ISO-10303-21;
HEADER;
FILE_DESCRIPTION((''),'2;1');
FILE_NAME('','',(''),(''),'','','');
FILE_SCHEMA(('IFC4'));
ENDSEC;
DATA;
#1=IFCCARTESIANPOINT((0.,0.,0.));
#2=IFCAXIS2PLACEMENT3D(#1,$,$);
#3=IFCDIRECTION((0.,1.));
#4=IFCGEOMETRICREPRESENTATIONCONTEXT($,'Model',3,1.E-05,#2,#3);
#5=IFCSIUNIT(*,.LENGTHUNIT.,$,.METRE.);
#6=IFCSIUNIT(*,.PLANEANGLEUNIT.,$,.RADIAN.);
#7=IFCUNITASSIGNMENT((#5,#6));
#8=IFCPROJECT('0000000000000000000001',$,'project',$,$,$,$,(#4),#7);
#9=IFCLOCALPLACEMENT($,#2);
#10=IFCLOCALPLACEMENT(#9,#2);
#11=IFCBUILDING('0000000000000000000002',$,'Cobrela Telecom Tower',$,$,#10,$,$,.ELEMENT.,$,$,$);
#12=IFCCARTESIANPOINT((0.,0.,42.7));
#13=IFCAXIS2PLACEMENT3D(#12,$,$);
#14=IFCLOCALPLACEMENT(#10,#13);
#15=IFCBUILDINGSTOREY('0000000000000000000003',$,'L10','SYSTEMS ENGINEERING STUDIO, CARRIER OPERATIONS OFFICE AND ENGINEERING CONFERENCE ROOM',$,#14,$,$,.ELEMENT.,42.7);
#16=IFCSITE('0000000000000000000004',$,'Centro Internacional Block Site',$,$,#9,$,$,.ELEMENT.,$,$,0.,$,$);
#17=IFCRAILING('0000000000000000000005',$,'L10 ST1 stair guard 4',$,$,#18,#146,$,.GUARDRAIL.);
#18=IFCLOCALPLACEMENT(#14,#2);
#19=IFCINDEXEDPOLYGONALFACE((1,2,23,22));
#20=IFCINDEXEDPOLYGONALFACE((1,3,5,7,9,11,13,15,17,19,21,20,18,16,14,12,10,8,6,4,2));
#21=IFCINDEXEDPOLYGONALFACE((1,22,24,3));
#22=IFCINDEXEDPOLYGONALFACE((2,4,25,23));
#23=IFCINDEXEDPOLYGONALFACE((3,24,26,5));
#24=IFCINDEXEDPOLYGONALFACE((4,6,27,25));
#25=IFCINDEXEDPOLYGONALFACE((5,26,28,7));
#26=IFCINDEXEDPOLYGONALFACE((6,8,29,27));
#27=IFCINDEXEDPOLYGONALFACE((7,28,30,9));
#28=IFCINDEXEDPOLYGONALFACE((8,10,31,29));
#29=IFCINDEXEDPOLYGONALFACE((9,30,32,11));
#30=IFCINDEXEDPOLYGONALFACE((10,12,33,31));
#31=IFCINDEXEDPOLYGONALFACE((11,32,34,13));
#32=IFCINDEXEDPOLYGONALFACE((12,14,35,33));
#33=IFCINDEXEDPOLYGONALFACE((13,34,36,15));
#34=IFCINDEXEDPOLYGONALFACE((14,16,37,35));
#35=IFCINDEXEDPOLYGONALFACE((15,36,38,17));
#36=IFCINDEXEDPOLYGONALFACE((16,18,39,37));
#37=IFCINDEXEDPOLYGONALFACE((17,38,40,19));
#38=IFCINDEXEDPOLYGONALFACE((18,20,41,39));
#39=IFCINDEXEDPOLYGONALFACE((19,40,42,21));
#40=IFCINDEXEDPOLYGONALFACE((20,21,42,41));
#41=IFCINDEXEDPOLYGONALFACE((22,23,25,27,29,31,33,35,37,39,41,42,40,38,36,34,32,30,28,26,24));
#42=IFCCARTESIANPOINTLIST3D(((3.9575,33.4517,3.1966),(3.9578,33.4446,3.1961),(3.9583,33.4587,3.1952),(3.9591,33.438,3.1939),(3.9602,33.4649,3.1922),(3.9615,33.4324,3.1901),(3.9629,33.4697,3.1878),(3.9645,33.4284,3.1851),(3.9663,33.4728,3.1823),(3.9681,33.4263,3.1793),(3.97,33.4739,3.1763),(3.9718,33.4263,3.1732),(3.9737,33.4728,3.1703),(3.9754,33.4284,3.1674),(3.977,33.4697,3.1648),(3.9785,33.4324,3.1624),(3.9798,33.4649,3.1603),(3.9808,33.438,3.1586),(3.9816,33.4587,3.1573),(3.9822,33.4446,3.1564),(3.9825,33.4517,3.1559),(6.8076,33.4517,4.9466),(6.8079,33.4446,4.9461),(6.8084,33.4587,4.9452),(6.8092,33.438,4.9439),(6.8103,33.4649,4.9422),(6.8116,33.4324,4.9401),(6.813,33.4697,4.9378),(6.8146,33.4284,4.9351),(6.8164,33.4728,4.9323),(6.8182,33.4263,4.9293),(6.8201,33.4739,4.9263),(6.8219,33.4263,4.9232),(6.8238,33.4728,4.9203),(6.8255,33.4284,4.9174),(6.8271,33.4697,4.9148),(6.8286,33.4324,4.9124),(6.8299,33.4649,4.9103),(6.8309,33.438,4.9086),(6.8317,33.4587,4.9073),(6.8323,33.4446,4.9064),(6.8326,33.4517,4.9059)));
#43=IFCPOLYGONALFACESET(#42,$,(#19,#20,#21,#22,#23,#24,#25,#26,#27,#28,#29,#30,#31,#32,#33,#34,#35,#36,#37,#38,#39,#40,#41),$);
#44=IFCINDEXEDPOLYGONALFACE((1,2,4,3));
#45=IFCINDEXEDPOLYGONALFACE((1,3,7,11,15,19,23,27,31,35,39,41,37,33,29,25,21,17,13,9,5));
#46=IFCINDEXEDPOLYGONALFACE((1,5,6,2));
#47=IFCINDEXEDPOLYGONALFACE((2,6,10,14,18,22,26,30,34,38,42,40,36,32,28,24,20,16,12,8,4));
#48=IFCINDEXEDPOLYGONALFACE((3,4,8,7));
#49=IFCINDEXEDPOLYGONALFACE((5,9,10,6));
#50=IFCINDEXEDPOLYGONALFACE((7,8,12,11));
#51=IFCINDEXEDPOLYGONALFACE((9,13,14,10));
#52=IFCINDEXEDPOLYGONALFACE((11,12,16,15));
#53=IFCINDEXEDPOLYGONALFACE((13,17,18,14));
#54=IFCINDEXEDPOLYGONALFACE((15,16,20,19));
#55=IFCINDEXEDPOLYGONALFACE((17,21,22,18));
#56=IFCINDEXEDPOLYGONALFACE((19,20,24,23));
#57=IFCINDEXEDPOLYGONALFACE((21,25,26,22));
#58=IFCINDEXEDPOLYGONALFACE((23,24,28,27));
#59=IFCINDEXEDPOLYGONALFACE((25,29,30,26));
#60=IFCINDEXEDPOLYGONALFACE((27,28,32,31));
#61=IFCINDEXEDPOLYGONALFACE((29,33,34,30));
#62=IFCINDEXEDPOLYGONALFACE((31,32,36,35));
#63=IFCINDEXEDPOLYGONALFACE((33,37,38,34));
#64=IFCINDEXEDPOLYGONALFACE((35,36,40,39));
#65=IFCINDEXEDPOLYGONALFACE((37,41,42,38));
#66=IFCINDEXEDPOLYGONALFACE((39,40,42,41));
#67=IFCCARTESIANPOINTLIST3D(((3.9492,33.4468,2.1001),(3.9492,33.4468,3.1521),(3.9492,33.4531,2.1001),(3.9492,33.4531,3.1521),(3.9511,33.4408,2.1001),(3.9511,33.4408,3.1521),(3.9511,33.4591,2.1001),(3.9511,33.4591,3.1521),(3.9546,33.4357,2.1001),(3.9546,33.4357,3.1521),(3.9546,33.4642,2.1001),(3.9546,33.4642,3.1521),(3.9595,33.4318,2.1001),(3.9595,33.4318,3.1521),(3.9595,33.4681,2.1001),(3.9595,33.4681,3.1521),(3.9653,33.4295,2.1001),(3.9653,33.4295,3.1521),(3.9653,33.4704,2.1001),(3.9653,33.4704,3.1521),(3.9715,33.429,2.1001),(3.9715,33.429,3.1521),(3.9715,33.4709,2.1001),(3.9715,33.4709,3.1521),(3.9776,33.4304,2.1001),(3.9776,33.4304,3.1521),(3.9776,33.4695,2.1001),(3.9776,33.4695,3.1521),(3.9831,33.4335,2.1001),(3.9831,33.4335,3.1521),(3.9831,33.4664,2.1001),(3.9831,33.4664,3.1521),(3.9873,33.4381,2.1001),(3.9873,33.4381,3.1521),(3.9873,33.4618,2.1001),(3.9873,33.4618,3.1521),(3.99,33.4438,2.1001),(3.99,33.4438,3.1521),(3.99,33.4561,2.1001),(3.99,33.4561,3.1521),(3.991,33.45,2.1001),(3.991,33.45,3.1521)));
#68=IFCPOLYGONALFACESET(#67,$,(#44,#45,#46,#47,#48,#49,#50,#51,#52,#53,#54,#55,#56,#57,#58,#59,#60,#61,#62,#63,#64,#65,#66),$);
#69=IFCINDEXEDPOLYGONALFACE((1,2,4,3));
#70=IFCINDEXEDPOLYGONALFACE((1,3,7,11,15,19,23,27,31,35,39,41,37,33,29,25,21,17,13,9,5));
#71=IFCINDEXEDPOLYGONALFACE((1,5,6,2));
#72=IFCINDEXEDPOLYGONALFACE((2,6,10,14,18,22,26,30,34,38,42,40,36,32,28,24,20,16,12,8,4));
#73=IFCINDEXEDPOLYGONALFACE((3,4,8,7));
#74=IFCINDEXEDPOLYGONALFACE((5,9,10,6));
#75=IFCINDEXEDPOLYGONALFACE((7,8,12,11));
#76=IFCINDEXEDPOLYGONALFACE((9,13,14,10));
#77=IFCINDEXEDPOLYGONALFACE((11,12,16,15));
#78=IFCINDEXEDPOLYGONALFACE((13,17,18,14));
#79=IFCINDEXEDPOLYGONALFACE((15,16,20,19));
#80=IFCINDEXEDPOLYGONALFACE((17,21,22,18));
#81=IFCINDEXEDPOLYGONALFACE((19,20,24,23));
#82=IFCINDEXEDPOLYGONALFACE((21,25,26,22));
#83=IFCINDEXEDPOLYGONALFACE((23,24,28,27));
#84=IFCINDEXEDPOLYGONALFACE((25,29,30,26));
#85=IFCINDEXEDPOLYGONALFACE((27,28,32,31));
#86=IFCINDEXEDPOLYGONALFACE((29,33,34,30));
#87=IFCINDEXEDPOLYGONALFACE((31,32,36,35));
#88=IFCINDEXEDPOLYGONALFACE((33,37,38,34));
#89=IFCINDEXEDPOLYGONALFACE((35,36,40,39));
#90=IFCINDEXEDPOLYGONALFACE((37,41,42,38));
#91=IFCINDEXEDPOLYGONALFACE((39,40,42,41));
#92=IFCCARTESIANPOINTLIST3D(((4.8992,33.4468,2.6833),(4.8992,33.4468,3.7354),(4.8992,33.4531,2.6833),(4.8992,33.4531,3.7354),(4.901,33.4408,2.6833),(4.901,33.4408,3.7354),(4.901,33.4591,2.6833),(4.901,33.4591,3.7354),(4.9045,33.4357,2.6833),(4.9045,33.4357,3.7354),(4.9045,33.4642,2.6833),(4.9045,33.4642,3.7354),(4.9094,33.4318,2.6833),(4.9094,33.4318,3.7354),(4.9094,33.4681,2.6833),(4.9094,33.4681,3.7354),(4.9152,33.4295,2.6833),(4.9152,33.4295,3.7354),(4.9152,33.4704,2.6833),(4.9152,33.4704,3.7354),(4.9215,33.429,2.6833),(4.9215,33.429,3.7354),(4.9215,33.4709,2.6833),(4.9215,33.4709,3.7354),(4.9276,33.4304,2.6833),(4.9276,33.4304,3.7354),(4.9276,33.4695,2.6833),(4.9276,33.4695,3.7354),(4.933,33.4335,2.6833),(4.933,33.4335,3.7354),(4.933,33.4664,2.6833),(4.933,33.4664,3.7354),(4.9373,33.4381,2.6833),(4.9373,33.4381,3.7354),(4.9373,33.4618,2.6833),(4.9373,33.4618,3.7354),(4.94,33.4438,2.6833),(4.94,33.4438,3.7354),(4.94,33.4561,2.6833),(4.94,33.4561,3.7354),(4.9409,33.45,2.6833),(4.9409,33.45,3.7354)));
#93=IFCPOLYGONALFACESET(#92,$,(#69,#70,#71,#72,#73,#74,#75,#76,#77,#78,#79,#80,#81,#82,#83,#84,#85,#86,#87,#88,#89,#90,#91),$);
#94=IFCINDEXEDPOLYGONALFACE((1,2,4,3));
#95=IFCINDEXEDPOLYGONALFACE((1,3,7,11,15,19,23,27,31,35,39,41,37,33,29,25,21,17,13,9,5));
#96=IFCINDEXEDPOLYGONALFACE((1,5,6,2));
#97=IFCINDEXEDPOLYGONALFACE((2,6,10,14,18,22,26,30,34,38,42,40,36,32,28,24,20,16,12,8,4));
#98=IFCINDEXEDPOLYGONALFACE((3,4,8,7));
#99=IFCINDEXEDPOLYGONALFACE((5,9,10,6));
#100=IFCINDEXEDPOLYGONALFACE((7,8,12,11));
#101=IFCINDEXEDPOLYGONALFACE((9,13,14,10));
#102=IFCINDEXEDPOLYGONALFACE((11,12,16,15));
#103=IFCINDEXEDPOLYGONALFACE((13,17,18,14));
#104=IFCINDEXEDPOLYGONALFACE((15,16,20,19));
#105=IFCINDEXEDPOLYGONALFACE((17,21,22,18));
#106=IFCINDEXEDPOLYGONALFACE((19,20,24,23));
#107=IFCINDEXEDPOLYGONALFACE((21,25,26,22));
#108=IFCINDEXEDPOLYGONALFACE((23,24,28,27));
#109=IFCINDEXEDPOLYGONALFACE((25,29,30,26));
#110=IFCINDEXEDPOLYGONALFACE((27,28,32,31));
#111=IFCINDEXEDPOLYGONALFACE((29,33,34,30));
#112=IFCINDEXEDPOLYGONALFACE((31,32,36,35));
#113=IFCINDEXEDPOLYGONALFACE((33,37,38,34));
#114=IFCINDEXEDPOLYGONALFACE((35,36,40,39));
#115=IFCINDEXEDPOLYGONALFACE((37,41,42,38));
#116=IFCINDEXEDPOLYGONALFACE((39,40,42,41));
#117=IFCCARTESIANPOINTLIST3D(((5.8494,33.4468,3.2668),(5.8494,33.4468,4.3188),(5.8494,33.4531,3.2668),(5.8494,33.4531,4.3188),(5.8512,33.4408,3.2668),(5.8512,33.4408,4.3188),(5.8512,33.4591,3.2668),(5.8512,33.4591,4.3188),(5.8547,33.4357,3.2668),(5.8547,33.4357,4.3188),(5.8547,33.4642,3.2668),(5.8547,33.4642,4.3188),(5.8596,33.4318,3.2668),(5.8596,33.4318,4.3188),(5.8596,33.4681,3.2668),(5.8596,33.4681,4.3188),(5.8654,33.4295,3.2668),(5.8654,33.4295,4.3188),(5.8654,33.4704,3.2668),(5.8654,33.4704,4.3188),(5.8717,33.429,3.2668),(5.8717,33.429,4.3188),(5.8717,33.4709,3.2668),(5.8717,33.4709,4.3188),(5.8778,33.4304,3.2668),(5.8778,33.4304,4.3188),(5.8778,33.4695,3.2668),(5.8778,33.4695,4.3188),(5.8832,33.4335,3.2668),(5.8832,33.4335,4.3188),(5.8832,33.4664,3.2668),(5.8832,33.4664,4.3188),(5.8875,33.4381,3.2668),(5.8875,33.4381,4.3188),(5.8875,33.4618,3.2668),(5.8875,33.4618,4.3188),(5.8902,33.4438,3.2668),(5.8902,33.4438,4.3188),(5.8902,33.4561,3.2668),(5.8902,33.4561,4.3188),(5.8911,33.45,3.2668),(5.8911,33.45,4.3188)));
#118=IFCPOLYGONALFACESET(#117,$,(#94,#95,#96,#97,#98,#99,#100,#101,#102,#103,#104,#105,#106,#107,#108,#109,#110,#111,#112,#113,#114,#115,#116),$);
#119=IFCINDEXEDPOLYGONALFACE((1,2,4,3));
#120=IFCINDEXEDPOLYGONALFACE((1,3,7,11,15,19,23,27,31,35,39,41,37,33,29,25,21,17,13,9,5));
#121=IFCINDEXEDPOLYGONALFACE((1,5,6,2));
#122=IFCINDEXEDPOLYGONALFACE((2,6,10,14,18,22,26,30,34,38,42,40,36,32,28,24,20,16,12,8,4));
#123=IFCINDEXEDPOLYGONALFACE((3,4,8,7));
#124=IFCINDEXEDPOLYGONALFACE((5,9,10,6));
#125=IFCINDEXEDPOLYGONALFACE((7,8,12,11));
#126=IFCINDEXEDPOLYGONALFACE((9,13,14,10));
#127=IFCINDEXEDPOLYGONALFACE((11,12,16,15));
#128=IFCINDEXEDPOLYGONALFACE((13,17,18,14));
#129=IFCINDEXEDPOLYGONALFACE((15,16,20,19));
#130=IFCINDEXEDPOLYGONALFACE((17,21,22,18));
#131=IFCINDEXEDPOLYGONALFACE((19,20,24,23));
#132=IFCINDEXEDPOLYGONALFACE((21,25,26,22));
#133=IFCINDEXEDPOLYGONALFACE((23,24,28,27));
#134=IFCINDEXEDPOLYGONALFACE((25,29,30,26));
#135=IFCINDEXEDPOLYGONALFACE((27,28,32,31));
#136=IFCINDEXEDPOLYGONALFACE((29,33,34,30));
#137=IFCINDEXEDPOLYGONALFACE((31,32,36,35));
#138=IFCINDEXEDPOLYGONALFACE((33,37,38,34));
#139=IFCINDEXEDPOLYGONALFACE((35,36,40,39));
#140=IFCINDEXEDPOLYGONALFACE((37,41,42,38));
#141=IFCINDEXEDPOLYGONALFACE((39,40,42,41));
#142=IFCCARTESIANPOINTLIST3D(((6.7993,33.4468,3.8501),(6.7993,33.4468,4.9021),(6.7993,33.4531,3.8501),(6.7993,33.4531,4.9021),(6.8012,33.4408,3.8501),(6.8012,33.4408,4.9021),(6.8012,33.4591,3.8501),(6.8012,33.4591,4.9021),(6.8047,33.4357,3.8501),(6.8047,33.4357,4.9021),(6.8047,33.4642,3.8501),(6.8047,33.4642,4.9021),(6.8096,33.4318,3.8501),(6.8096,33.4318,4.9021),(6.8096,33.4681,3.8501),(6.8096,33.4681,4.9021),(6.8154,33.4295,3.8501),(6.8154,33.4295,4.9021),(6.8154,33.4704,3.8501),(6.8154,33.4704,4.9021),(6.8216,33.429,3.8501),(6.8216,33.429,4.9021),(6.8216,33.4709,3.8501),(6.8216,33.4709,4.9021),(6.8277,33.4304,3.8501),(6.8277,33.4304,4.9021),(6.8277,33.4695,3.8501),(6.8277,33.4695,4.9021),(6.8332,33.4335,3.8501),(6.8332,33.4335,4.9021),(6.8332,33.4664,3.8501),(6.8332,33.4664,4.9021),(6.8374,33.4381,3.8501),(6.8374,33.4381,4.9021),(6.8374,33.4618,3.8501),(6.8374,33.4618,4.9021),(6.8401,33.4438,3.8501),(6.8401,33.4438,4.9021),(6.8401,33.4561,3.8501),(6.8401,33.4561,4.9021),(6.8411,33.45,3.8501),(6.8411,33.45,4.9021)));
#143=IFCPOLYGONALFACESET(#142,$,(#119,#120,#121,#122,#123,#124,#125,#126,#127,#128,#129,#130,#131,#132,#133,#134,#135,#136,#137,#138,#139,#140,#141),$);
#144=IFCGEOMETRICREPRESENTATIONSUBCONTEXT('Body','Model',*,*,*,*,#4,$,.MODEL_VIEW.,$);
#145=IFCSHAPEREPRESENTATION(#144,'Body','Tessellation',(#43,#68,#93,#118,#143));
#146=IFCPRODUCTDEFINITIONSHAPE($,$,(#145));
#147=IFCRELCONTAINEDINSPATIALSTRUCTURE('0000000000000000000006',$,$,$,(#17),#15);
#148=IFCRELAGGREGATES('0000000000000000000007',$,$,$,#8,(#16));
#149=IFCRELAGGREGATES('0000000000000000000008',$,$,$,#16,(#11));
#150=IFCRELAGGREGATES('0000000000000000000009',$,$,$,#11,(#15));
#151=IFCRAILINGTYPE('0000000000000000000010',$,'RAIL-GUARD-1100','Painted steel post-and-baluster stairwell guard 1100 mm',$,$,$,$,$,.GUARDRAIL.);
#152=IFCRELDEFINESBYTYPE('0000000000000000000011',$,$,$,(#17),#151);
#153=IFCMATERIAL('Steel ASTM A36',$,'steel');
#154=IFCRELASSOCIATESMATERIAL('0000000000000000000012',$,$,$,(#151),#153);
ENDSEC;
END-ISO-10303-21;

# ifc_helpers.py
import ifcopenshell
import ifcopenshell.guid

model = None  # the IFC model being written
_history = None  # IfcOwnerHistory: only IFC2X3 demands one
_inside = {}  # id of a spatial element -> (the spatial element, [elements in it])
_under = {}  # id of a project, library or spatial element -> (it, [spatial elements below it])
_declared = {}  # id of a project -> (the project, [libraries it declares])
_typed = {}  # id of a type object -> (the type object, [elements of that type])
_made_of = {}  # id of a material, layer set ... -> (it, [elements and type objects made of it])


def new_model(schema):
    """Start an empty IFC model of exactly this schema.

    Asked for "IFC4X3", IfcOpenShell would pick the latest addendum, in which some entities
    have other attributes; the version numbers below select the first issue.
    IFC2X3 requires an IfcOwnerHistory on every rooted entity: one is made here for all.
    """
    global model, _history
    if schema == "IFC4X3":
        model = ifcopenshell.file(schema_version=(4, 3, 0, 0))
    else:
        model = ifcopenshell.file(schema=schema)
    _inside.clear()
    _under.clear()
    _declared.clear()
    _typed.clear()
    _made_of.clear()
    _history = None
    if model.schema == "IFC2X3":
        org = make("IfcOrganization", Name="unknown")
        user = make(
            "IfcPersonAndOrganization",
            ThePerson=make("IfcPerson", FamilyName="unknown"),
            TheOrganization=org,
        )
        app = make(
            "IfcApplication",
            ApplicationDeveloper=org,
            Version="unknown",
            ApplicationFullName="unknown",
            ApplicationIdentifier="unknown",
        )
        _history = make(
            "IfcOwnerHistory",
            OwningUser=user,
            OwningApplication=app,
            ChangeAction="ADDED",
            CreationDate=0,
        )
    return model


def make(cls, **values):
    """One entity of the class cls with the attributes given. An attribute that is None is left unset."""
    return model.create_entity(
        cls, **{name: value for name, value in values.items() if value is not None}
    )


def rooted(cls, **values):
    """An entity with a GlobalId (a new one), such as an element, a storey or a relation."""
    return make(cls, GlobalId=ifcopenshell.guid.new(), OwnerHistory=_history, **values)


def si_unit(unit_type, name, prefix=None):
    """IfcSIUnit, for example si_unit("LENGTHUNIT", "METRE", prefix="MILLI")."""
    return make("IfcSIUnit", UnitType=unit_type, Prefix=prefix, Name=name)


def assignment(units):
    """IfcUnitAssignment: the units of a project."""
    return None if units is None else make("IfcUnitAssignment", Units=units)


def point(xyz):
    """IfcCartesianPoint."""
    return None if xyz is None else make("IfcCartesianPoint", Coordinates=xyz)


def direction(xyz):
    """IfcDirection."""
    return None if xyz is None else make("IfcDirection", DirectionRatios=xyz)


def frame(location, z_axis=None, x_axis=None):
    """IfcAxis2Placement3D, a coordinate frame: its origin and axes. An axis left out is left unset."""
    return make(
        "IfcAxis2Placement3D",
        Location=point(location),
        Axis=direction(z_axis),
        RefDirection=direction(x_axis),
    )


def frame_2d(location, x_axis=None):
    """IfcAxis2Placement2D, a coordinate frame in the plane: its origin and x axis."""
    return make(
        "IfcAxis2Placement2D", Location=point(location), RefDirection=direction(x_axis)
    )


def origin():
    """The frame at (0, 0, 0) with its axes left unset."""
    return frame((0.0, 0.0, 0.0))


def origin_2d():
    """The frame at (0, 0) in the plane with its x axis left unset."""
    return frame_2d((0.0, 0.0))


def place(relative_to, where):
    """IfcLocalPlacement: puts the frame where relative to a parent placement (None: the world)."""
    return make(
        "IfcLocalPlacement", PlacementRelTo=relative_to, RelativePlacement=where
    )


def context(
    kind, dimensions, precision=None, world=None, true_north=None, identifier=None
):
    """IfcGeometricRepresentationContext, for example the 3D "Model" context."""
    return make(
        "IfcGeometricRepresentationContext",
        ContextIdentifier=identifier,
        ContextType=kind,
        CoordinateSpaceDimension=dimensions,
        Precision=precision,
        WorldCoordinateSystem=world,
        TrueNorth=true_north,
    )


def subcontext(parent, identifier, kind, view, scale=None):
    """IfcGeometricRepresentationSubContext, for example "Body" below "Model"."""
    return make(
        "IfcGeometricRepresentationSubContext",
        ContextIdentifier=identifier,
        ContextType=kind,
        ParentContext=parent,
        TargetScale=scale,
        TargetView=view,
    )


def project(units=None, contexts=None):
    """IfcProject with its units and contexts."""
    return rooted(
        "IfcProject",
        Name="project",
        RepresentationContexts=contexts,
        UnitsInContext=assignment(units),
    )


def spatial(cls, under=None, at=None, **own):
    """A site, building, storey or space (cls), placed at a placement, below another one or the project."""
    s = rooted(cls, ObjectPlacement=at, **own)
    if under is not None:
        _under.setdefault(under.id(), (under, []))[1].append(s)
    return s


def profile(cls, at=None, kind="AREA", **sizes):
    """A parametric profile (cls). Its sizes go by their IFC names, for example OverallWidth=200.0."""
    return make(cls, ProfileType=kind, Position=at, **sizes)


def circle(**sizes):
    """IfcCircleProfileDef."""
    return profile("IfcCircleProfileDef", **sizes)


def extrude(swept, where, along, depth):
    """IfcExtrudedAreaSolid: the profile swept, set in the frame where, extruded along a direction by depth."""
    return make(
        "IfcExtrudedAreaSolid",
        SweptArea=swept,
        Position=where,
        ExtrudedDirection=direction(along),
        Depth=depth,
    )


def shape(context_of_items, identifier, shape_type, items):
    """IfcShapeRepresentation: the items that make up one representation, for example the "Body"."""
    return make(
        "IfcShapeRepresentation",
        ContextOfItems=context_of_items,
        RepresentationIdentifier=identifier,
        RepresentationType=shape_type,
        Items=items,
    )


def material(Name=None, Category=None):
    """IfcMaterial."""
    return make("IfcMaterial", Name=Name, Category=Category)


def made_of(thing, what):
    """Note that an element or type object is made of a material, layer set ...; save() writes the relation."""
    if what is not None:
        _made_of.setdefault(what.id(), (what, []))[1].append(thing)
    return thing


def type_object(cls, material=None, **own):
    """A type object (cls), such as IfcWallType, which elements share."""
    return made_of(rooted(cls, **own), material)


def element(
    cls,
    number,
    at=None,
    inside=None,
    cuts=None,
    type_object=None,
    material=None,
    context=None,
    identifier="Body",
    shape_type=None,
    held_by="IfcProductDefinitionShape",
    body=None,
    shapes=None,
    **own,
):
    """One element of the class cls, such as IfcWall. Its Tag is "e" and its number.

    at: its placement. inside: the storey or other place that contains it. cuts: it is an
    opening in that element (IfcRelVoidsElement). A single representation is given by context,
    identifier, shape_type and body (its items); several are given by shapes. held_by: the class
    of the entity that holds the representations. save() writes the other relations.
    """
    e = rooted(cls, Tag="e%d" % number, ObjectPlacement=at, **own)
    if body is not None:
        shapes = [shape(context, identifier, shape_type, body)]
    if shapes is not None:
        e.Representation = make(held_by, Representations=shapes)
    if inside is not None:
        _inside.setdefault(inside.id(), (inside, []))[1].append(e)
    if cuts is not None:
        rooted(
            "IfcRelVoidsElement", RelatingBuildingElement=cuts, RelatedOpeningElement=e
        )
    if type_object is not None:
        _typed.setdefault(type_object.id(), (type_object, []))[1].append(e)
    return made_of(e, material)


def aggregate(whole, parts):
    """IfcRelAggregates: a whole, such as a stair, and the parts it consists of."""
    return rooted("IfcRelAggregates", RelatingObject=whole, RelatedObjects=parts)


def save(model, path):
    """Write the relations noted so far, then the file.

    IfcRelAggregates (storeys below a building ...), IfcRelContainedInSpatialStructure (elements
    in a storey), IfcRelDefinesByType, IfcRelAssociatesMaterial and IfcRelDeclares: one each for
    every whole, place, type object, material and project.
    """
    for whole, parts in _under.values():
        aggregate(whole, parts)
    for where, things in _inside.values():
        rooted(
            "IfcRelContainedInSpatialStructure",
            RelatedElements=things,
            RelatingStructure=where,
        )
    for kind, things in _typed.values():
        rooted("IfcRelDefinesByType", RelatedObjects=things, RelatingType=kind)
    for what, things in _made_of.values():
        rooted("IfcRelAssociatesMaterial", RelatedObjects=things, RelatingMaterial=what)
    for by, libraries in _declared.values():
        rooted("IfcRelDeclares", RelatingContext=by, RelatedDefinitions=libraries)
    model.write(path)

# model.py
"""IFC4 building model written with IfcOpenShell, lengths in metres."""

from ifc_helpers import new_model, si_unit, direction, frame, origin, origin_2d, place, context, subcontext, project, spatial, circle, extrude, material, type_object, element, save


model = new_model("IFC4")

# Units and contexts
model_context = context("Model", 3, precision=1e-05, world=origin(), true_north=direction((0.0, 1.0)))
body_context = subcontext(model_context, "Body", "Model", "MODEL_VIEW")
ifc_project = project(units=[si_unit("LENGTHUNIT", "METRE"), si_unit("PLANEANGLEUNIT", "RADIAN")], contexts=[model_context])

# Site, building, storey
site_placement = place(None, origin())
site = spatial("IfcSite", under=ifc_project, at=site_placement, Name="Centro Internacional Block Site", CompositionType="ELEMENT", RefElevation=0.0)
building_placement = place(site_placement, origin())
building = spatial("IfcBuilding", under=site, at=building_placement, Name="Cobrela Telecom Tower", CompositionType="ELEMENT")
storey_placement = place(building_placement, frame((0.0, 0.0, 42.7)))
storey = spatial("IfcBuildingStorey", under=building, at=storey_placement, Name="L10", Description="SYSTEMS ENGINEERING STUDIO, CARRIER OPERATIONS OFFICE AND ENGINEERING CONFERENCE ROOM", CompositionType="ELEMENT", Elevation=42.7)

# Shared definitions
ifc_material_1 = material(Name="Steel ASTM A36", Category="steel")

# Railing
railing_type_1 = type_object("IfcRailingType", Name="RAIL-GUARD-1100", Description="Painted steel post-and-baluster stairwell guard 1100 mm", PredefinedType="GUARDRAIL", material=ifc_material_1)
railing_1_placement = place(storey_placement, frame((3.97, 33.45, 2.1001)))
element("IfcRailing", 1, at=railing_1_placement, inside=storey, type_object=railing_type_1, Name="L10 ST1 stair guard 4", PredefinedType="GUARDRAIL", context=body_context, shape_type="SweptSolid", body=[
    extrude(circle(Radius=0.0239, at=origin_2d()), frame((0.0, 0.0, 1.0762), z_axis=(0.852179, 0.0, 0.52325), x_axis=(0.0, 1.0, 0.0)), (0.0, 0.0, 1.0), 3.3445),
    extrude(circle(Radius=0.021, at=origin_2d()), origin(), (0.0, 0.0, 1.0), 1.052),
    extrude(circle(Radius=0.021, at=origin_2d()), frame((0.95, 0.0, 0.5833)), (0.0, 0.0, 1.0), 1.052),
    extrude(circle(Radius=0.021, at=origin_2d()), frame((1.9001, 0.0, 1.1667)), (0.0, 0.0, 1.0), 1.052),
    extrude(circle(Radius=0.021, at=origin_2d()), frame((2.8501, 0.0, 1.75)), (0.0, 0.0, 1.0), 1.052),
])

save(model, "model.ifc")
